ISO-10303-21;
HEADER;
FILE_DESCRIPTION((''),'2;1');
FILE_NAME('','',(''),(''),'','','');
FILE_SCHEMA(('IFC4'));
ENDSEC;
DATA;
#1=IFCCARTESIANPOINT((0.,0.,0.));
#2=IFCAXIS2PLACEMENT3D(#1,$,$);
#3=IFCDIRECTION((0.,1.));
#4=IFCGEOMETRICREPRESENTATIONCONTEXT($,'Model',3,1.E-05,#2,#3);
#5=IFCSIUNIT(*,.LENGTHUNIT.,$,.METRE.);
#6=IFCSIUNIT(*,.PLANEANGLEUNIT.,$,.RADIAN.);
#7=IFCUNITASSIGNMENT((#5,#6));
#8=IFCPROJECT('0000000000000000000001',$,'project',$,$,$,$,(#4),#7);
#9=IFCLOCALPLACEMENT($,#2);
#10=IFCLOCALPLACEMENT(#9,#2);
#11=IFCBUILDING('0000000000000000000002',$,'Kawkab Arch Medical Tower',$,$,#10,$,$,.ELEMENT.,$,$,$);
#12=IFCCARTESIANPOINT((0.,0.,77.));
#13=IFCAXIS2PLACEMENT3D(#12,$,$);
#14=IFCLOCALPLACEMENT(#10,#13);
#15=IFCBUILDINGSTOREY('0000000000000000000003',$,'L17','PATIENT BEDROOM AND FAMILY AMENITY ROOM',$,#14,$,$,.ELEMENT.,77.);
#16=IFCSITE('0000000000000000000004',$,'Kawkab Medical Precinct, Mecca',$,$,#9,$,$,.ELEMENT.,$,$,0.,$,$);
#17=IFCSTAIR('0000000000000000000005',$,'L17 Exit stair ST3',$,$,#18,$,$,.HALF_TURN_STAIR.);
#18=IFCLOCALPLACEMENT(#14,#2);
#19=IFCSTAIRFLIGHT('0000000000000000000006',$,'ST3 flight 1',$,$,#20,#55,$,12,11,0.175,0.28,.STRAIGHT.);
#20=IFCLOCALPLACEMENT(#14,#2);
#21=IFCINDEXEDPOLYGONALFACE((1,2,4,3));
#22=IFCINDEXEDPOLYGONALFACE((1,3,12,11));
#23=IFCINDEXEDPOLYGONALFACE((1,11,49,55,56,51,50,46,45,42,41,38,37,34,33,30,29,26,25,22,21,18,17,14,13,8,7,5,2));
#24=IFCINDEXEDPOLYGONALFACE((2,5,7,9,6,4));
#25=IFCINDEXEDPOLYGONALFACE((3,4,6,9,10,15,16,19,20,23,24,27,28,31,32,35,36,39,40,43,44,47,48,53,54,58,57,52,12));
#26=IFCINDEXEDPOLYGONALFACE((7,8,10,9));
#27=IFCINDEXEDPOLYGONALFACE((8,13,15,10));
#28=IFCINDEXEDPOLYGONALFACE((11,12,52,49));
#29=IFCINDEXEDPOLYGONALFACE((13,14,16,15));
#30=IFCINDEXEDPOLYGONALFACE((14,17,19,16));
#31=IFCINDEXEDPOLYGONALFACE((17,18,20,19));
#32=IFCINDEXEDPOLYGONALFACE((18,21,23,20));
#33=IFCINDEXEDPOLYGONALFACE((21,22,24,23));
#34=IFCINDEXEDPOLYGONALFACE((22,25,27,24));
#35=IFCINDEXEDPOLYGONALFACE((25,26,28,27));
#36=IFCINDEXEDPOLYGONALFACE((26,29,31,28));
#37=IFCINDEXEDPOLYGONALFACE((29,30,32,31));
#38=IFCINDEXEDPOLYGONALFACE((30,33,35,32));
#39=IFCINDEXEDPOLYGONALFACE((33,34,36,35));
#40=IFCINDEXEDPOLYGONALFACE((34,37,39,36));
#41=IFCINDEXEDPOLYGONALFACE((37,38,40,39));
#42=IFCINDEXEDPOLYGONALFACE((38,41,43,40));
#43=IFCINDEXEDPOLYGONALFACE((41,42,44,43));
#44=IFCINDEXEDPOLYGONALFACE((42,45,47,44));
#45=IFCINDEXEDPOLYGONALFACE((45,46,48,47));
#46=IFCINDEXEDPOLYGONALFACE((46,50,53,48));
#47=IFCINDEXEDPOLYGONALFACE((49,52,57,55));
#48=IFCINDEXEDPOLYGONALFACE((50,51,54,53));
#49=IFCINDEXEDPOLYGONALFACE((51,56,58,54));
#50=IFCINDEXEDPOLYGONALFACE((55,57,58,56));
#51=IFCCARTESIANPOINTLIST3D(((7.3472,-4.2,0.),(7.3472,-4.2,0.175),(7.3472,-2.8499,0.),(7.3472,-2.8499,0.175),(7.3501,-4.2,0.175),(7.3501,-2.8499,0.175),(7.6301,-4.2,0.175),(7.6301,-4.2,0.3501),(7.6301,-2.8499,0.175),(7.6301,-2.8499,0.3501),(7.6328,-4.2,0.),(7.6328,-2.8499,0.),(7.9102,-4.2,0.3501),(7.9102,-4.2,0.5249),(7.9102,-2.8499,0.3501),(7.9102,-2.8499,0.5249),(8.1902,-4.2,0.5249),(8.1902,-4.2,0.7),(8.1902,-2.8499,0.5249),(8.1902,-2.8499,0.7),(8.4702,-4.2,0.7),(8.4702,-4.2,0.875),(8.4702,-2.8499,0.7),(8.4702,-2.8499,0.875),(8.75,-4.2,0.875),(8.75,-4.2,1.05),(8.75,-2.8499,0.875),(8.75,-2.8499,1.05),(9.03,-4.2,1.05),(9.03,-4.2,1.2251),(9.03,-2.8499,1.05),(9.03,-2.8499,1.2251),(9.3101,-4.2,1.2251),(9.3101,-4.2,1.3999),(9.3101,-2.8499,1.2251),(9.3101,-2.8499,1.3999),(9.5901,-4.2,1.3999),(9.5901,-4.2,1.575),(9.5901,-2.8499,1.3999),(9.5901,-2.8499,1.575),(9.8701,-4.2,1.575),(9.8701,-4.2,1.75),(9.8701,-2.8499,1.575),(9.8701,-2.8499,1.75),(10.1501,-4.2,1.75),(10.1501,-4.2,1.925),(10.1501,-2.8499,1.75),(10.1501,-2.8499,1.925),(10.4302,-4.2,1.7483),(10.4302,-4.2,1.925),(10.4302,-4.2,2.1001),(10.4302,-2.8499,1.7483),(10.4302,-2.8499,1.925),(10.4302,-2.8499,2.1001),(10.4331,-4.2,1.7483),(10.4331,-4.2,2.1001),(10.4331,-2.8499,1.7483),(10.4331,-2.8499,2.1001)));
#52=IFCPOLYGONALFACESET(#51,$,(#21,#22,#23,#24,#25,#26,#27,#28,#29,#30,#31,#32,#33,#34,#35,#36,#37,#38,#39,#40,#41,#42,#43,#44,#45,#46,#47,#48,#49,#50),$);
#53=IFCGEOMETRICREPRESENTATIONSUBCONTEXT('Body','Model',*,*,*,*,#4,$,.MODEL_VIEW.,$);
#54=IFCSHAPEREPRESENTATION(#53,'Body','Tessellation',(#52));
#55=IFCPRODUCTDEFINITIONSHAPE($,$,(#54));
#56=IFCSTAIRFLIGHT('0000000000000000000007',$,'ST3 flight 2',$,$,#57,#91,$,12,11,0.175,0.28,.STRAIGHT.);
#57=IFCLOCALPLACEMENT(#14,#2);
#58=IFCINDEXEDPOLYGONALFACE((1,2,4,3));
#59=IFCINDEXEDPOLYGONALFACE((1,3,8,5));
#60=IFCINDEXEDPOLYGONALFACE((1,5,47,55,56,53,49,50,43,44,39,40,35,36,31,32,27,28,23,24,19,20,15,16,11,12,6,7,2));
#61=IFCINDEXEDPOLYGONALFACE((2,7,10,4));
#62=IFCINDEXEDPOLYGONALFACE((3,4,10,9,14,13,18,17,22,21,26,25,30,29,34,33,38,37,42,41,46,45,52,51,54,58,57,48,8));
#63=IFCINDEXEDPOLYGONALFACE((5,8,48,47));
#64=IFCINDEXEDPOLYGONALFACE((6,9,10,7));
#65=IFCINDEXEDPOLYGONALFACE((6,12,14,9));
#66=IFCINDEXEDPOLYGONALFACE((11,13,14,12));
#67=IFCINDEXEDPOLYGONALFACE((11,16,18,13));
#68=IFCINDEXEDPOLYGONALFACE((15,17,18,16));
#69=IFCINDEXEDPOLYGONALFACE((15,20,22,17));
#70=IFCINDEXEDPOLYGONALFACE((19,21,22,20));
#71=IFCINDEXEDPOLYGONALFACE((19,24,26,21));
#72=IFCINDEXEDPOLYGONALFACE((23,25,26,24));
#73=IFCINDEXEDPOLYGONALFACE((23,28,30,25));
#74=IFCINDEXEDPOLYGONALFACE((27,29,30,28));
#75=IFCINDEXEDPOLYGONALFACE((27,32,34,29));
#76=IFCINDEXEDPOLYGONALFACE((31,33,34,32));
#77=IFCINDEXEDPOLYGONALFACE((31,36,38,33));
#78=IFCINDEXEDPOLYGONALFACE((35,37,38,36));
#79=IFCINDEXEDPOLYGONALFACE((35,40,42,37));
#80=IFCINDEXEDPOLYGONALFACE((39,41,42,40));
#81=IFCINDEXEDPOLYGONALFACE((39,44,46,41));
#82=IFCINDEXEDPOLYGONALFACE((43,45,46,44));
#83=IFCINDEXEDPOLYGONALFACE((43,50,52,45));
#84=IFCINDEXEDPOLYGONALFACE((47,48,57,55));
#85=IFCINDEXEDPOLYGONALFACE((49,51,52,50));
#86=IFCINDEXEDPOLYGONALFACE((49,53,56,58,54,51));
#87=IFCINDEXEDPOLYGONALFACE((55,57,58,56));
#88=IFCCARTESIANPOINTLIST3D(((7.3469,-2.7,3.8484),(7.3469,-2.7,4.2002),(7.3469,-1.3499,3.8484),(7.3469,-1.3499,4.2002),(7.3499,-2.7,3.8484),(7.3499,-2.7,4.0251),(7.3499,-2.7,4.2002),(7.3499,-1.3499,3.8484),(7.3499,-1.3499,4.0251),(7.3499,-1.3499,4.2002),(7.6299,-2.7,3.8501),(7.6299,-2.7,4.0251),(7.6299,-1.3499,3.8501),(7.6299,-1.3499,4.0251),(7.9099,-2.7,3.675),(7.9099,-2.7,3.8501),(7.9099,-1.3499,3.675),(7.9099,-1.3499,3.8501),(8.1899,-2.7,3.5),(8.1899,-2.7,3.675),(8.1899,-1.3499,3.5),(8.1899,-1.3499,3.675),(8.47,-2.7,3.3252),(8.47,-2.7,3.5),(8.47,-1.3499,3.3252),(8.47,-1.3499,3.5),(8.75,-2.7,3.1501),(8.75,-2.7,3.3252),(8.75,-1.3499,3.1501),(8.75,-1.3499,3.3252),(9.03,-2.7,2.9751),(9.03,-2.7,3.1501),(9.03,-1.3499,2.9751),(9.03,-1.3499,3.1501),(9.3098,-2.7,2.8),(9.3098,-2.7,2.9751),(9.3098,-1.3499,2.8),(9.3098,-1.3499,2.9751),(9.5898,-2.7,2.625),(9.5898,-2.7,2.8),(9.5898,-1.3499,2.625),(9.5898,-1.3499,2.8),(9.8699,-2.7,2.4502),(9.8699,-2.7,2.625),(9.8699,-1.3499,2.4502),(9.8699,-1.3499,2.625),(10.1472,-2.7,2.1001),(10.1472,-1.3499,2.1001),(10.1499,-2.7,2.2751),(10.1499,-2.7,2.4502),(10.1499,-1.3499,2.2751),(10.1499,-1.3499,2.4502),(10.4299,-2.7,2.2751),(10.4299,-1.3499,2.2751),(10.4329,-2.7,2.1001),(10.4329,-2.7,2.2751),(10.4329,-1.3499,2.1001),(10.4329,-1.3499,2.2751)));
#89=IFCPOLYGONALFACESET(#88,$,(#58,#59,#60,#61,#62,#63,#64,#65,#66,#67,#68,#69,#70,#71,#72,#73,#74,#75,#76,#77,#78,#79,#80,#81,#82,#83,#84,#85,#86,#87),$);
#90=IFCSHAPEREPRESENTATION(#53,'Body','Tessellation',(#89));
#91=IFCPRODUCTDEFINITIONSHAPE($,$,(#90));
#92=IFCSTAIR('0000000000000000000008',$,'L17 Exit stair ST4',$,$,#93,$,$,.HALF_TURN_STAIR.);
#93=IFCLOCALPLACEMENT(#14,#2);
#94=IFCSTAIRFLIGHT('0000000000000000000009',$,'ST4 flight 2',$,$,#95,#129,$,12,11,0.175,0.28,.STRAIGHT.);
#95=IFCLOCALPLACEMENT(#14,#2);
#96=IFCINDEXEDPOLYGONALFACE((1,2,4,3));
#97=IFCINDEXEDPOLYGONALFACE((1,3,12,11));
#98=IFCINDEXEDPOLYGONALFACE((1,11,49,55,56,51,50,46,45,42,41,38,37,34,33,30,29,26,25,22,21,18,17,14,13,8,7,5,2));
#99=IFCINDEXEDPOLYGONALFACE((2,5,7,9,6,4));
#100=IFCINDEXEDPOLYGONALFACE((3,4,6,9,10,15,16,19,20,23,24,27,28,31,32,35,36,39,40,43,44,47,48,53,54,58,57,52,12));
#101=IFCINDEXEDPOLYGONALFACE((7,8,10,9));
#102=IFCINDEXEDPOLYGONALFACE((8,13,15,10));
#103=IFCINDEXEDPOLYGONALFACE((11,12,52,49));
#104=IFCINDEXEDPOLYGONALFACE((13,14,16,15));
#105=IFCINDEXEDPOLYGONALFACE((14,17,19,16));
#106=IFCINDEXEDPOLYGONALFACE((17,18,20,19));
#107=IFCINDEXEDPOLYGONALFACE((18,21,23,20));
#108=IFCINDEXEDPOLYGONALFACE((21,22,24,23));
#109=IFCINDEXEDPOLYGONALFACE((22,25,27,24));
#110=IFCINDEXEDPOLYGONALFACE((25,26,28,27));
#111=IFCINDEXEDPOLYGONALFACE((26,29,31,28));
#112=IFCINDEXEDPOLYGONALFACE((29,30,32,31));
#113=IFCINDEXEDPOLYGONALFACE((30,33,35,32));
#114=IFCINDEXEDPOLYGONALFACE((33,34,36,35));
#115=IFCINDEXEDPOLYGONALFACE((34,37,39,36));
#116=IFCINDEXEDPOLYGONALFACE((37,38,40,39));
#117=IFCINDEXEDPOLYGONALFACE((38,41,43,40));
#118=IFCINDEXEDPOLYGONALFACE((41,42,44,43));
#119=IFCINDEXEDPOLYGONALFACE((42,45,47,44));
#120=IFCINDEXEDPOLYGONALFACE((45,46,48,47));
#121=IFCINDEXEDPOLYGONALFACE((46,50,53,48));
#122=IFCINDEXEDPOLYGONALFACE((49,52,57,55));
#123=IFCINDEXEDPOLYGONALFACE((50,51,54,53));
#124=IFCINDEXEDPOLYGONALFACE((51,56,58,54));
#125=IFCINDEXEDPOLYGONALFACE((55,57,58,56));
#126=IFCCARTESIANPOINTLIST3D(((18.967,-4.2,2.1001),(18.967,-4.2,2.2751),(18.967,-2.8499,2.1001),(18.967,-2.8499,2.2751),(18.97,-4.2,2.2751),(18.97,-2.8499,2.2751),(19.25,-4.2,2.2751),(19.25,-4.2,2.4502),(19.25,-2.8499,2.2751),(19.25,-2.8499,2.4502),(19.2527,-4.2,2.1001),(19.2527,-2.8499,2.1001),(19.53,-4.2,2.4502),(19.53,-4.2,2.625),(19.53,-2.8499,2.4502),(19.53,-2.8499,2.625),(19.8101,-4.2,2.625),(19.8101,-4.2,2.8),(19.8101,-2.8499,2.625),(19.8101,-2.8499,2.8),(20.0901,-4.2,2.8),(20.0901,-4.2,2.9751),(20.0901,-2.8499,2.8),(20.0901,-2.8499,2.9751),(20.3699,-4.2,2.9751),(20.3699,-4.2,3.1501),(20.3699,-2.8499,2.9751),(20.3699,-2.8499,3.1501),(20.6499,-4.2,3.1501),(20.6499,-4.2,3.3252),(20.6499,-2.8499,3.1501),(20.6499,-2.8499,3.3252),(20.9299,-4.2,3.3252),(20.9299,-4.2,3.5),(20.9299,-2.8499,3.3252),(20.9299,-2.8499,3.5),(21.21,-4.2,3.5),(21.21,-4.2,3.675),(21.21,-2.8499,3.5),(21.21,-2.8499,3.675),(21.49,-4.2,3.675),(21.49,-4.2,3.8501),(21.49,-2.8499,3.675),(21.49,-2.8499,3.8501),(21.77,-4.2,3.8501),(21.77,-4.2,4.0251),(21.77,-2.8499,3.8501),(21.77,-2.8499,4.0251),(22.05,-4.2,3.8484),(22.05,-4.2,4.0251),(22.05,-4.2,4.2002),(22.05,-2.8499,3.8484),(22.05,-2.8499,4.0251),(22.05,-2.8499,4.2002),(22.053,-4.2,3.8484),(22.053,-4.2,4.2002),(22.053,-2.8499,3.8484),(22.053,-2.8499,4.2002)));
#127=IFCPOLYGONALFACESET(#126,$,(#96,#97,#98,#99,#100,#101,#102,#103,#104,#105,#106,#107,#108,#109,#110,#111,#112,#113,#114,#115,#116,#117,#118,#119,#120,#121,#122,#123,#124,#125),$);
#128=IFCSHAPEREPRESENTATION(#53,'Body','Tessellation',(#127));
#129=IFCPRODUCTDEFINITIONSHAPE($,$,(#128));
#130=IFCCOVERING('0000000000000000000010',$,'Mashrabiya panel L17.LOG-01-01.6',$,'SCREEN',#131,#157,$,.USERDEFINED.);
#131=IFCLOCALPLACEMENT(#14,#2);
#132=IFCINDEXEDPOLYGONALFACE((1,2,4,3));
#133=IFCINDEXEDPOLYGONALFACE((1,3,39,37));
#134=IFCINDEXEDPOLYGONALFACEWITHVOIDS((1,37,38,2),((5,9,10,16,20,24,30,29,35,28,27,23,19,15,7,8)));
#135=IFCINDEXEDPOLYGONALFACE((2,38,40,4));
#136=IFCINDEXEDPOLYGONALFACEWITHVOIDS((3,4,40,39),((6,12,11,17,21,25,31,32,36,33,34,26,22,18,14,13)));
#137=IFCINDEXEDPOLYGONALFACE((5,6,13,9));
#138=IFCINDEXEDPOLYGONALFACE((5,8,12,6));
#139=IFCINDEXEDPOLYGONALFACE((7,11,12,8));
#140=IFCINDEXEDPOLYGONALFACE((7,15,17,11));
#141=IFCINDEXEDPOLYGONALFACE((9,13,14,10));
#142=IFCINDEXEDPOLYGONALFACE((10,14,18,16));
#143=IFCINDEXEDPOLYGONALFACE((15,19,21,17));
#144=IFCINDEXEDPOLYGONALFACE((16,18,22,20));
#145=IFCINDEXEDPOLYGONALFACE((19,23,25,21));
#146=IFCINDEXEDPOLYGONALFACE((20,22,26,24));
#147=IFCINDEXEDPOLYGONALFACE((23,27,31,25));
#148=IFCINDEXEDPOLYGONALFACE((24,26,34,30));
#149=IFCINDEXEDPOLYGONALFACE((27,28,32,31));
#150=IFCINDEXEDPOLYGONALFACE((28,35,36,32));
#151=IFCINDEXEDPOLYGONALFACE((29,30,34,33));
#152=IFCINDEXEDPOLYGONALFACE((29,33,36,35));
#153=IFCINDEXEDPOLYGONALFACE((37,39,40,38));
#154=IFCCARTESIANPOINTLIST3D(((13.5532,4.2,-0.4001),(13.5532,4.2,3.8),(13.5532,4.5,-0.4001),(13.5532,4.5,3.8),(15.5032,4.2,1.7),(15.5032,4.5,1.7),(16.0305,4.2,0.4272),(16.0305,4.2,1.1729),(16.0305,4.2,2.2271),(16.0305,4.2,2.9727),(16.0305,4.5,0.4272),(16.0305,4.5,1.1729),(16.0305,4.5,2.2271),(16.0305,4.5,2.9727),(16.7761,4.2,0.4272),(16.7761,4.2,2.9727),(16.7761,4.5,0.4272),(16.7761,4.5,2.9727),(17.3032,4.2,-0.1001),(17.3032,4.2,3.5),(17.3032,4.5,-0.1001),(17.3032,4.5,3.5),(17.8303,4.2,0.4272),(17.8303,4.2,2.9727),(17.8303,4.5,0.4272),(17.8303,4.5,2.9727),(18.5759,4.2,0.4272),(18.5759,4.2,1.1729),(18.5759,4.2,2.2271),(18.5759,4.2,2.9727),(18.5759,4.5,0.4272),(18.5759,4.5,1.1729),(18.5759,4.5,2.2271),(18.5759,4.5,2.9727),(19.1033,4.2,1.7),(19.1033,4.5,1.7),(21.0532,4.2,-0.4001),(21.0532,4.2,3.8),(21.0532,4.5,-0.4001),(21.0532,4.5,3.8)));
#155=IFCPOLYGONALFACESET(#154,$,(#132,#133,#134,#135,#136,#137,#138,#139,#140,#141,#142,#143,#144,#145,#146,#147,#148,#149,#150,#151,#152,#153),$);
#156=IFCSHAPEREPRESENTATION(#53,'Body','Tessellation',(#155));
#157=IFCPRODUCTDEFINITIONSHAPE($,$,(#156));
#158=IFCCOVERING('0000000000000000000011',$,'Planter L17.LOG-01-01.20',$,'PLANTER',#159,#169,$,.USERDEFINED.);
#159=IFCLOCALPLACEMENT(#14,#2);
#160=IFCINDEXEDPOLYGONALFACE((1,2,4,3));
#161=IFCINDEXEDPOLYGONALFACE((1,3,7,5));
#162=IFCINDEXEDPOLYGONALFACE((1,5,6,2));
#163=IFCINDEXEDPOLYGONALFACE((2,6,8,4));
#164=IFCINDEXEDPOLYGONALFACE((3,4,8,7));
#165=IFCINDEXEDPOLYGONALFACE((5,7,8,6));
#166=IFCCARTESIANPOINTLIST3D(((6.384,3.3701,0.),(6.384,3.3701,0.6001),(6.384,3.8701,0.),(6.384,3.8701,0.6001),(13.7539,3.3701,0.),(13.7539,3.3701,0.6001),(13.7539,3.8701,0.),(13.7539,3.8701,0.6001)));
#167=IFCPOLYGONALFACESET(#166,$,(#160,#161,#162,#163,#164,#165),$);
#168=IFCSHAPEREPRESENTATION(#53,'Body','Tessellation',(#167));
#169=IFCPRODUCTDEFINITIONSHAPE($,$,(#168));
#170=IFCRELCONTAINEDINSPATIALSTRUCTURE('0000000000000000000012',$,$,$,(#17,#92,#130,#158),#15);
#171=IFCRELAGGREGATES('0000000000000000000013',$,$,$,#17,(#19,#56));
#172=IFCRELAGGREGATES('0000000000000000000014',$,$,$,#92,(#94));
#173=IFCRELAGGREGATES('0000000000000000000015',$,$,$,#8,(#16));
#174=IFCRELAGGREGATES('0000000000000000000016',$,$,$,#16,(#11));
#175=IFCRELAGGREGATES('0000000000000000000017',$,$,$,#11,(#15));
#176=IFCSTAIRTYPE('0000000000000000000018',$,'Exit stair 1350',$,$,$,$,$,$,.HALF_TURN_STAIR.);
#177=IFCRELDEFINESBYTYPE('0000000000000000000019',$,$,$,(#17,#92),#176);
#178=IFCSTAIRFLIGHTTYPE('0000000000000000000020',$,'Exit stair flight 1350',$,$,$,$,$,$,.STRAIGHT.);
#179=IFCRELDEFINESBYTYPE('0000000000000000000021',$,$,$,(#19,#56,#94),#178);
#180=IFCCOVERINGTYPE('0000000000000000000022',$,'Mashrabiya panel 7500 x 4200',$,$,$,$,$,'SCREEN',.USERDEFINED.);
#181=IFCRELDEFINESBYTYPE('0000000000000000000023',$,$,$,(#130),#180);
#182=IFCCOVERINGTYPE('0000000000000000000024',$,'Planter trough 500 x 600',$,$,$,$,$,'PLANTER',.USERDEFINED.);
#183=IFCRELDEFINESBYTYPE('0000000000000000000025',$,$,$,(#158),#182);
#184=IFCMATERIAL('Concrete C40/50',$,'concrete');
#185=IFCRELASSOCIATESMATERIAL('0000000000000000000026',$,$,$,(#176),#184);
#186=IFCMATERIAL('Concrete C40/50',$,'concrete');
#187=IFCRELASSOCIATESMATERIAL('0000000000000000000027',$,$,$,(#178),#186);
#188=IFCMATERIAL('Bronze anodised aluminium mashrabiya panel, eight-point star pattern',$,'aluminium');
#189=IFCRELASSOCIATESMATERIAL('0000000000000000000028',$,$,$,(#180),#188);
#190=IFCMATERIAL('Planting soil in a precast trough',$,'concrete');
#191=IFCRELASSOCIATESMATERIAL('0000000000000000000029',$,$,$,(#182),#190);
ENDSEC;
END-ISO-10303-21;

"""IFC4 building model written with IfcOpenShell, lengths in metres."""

from ifc_helpers import new_model, si_unit, direction, frame, origin, origin_2d, place, context, subcontext, project, spatial, polyline, rectangle, outline, extrude, material, material_profile, profile_set, type_object, element, aggregate, save


model = new_model("IFC4")

# Units and contexts
model_context = context("Model", 3, precision=1e-05, world=origin(), true_north=direction((0.0, 1.0)))
body_context = subcontext(model_context, "Body", "Model", "MODEL_VIEW")
ifc_project = project(units=[si_unit("LENGTHUNIT", "METRE"), si_unit("PLANEANGLEUNIT", "RADIAN")], contexts=[model_context])

# Site, building, storey
site_placement = place(None, origin())
site = spatial("IfcSite", under=ifc_project, at=site_placement, Name="Kawkab Medical Precinct, Mecca", CompositionType="ELEMENT", RefElevation=0.0)
building_placement = place(site_placement, origin())
building = spatial("IfcBuilding", under=site, at=building_placement, Name="Kawkab Arch Medical Tower", CompositionType="ELEMENT")
storey_placement = place(building_placement, frame((0.0, 0.0, 77.0)))
storey = spatial("IfcBuildingStorey", under=building, at=storey_placement, Name="L17", Description="PATIENT BEDROOM AND FAMILY AMENITY ROOM", CompositionType="ELEMENT", Elevation=77.0)

# Shared definitions
placement = place(storey_placement, origin())

# Stair, stair flights
ifc_material_1 = material(Name="Concrete C40/50", Category="concrete")
stair_type = type_object("IfcStairType", Name="Exit stair 1350", PredefinedType="HALF_TURN_STAIR", material=ifc_material_1)
stair_1 = element("IfcStair", 1, at=placement, inside=storey, type_object=stair_type, Name="L17 Exit stair ST3", PredefinedType="HALF_TURN_STAIR")
ifc_material_2 = material(Name="Concrete C40/50", Category="concrete")
stair_flight_type = type_object("IfcStairFlightType", Name="Exit stair flight 1350", PredefinedType="STRAIGHT", material=ifc_material_2)
stair_flight_1_placement = place(storey_placement, frame((7.3501, -3.5249, 0.0), z_axis=(0.0, 0.0, 1.0), x_axis=(1.0, 0.0, 0.0)))
stair_flight_1 = element("IfcStairFlight", 2, at=stair_flight_1_placement, type_object=stair_flight_type, Name="ST3 flight 1", NumberOfRisers=12, NumberOfTreads=11, PredefinedType="STRAIGHT", RiserHeight=0.175, TreadLength=0.28, context=body_context, shape_type="SweptSolid", body=[
    extrude(outline(polyline([(-0.0029, 0.0), (-0.0029, 0.175), (0.0, 0.175), (0.28, 0.175), (0.28, 0.3501), (0.5601, 0.3501), (0.5601, 0.5249), (0.8401, 0.5249), (0.8401, 0.7), (1.1201, 0.7), (1.1201, 0.875), (1.3999, 0.875), (1.3999, 1.05), (1.6799, 1.05), (1.6799, 1.2251), (1.96, 1.2251), (1.96, 1.3999), (2.24, 1.3999), (2.24, 1.575), (2.52, 1.575), (2.52, 1.75), (2.8, 1.75), (2.8, 1.925), (3.0801, 1.925), (3.0801, 2.1001), (3.083, 2.1001), (3.083, 1.7483), (3.0801, 1.7483), (0.2827, 0.0), (-0.0029, 0.0)])), frame((0.0, 0.675, 0.0), z_axis=(0.0, -1.0, 0.0), x_axis=(1.0, 0.0, 0.0)), (0.0, 0.0, 1.0), 1.3501),
])
stair_flight_2_placement = place(storey_placement, frame((10.4299, -2.0249, 2.1001), z_axis=(0.0, 0.0, 1.0), x_axis=(-1.0, 0.0, 0.0)))
stair_flight_2 = element("IfcStairFlight", 3, at=stair_flight_2_placement, type_object=stair_flight_type, Name="ST3 flight 2", NumberOfRisers=12, NumberOfTreads=11, PredefinedType="STRAIGHT", RiserHeight=0.175, TreadLength=0.28, context=body_context, shape_type="SweptSolid", body=[
    extrude(outline(polyline([(-0.0029, 0.0), (-0.0029, 0.175), (0.0, 0.175), (0.28, 0.175), (0.28, 0.3501), (0.5601, 0.3501), (0.5601, 0.5249), (0.8401, 0.5249), (0.8401, 0.7), (1.1201, 0.7), (1.1201, 0.875), (1.3999, 0.875), (1.3999, 1.05), (1.6799, 1.05), (1.6799, 1.2251), (1.96, 1.2251), (1.96, 1.3999), (2.24, 1.3999), (2.24, 1.575), (2.52, 1.575), (2.52, 1.75), (2.8, 1.75), (2.8, 1.925), (3.0801, 1.925), (3.0801, 2.1001), (3.083, 2.1001), (3.083, 1.7483), (3.0801, 1.7483), (0.2827, 0.0), (-0.0029, 0.0)])), frame((0.0, 0.675, 0.0), z_axis=(0.0, -1.0, 0.0), x_axis=(1.0, 0.0, 0.0)), (0.0, 0.0, 1.0), 1.3501),
])
aggregate(stair_1, [stair_flight_1, stair_flight_2])

# Stair, stair flight
stair_2 = element("IfcStair", 4, at=placement, inside=storey, type_object=stair_type, Name="L17 Exit stair ST4", PredefinedType="HALF_TURN_STAIR")
stair_flight_3_placement = place(storey_placement, frame((18.97, -3.5249, 2.1001), z_axis=(0.0, 0.0, 1.0), x_axis=(1.0, 0.0, 0.0)))
stair_flight_3 = element("IfcStairFlight", 5, at=stair_flight_3_placement, type_object=stair_flight_type, Name="ST4 flight 2", NumberOfRisers=12, NumberOfTreads=11, PredefinedType="STRAIGHT", RiserHeight=0.175, TreadLength=0.28, context=body_context, shape_type="SweptSolid", body=[
    extrude(outline(polyline([(-0.0029, 0.0), (-0.0029, 0.175), (0.0, 0.175), (0.28, 0.175), (0.28, 0.3501), (0.5601, 0.3501), (0.5601, 0.5249), (0.8401, 0.5249), (0.8401, 0.7), (1.1201, 0.7), (1.1201, 0.875), (1.3999, 0.875), (1.3999, 1.05), (1.6799, 1.05), (1.6799, 1.2251), (1.96, 1.2251), (1.96, 1.3999), (2.24, 1.3999), (2.24, 1.575), (2.52, 1.575), (2.52, 1.75), (2.8, 1.75), (2.8, 1.925), (3.0801, 1.925), (3.0801, 2.1001), (3.083, 2.1001), (3.083, 1.7483), (3.0801, 1.7483), (0.2827, 0.0), (-0.0029, 0.0)])), frame((0.0, 0.675, 0.0), z_axis=(0.0, -1.0, 0.0), x_axis=(1.0, 0.0, 0.0)), (0.0, 0.0, 1.0), 1.3501),
])
aggregate(stair_2, [stair_flight_3])

# Coverings
ifc_material_3 = material(Name="Bronze anodised aluminium mashrabiya panel, eight-point star pattern", Category="aluminium")
ifc_material_profile_1 = material_profile(ifc_material_3, outline(polyline([(-3.75, -2.1001), (3.75, -2.1001), (3.75, 2.1001), (-3.75, 2.1001), (-3.75, -2.1001)]), holes=[polyline([(1.8, 0.0), (1.2727, 0.5271), (1.2727, 1.2727), (0.5271, 1.2727), (0.0, 1.8), (-0.5271, 1.2727), (-1.2727, 1.2727), (-1.2727, 0.5271), (-1.8, 0.0), (-1.2727, -0.5271), (-1.2727, -1.2727), (-0.5271, -1.2727), (0.0, -1.8), (0.5271, -1.2727), (1.2727, -1.2727), (1.2727, -0.5271), (1.8, 0.0)])]), Name="Mashrabiya panel 7500x4200")
ifc_profile_set_1 = profile_set([ifc_material_profile_1], Name="Bronze anodised aluminium mashrabiya panel, eight-point star pattern")
covering_type_1 = type_object("IfcCoveringType", Name="Mashrabiya panel 7500 x 4200", ElementType="SCREEN", PredefinedType="USERDEFINED", material=ifc_profile_set_1)
covering_1_placement = place(storey_placement, frame((17.3032, 4.2, 1.7), z_axis=(0.0, 1.0, 0.0), x_axis=(-1.0, 0.0, 0.0)))
element("IfcCovering", 6, at=covering_1_placement, inside=storey, type_object=covering_type_1, Name="Mashrabiya panel L17.LOG-01-01.6", ObjectType="SCREEN", PredefinedType="USERDEFINED", context=body_context, shape_type="SweptSolid", body=[
    extrude(outline(polyline([(-3.75, -2.1001), (3.75, -2.1001), (3.75, 2.1001), (-3.75, 2.1001), (-3.75, -2.1001)]), holes=[polyline([(1.8, 0.0), (1.2727, 0.5271), (1.2727, 1.2727), (0.5271, 1.2727), (0.0, 1.8), (-0.5271, 1.2727), (-1.2727, 1.2727), (-1.2727, 0.5271), (-1.8, 0.0), (-1.2727, -0.5271), (-1.2727, -1.2727), (-0.5271, -1.2727), (0.0, -1.8), (0.5271, -1.2727), (1.2727, -1.2727), (1.2727, -0.5271), (1.8, 0.0)])]), origin(), (0.0, 0.0, 1.0), 0.3),
])
ifc_material_4 = material(Name="Planting soil in a precast trough", Category="concrete")
ifc_material_profile_2 = material_profile(ifc_material_4, rectangle(XDim=0.5, YDim=0.6001, at=origin_2d()), Name="Trough 500x600")
ifc_profile_set_2 = profile_set([ifc_material_profile_2], Name="Planting soil in a precast trough")
covering_type_2 = type_object("IfcCoveringType", Name="Planter trough 500 x 600", ElementType="PLANTER", PredefinedType="USERDEFINED", material=ifc_profile_set_2)
covering_2_placement = place(storey_placement, frame((6.384, 3.6201, 0.3), z_axis=(1.0, 0.0, 0.0), x_axis=(0.0, 1.0, 0.0)))
element("IfcCovering", 7, at=covering_2_placement, inside=storey, type_object=covering_type_2, Name="Planter L17.LOG-01-01.20", ObjectType="PLANTER", PredefinedType="USERDEFINED", context=body_context, shape_type="SweptSolid", body=[
    extrude(rectangle(XDim=0.5, YDim=0.6001, at=origin_2d()), origin(), (0.0, 0.0, 1.0), 7.3699),
])

save(model, "model.ifc")
